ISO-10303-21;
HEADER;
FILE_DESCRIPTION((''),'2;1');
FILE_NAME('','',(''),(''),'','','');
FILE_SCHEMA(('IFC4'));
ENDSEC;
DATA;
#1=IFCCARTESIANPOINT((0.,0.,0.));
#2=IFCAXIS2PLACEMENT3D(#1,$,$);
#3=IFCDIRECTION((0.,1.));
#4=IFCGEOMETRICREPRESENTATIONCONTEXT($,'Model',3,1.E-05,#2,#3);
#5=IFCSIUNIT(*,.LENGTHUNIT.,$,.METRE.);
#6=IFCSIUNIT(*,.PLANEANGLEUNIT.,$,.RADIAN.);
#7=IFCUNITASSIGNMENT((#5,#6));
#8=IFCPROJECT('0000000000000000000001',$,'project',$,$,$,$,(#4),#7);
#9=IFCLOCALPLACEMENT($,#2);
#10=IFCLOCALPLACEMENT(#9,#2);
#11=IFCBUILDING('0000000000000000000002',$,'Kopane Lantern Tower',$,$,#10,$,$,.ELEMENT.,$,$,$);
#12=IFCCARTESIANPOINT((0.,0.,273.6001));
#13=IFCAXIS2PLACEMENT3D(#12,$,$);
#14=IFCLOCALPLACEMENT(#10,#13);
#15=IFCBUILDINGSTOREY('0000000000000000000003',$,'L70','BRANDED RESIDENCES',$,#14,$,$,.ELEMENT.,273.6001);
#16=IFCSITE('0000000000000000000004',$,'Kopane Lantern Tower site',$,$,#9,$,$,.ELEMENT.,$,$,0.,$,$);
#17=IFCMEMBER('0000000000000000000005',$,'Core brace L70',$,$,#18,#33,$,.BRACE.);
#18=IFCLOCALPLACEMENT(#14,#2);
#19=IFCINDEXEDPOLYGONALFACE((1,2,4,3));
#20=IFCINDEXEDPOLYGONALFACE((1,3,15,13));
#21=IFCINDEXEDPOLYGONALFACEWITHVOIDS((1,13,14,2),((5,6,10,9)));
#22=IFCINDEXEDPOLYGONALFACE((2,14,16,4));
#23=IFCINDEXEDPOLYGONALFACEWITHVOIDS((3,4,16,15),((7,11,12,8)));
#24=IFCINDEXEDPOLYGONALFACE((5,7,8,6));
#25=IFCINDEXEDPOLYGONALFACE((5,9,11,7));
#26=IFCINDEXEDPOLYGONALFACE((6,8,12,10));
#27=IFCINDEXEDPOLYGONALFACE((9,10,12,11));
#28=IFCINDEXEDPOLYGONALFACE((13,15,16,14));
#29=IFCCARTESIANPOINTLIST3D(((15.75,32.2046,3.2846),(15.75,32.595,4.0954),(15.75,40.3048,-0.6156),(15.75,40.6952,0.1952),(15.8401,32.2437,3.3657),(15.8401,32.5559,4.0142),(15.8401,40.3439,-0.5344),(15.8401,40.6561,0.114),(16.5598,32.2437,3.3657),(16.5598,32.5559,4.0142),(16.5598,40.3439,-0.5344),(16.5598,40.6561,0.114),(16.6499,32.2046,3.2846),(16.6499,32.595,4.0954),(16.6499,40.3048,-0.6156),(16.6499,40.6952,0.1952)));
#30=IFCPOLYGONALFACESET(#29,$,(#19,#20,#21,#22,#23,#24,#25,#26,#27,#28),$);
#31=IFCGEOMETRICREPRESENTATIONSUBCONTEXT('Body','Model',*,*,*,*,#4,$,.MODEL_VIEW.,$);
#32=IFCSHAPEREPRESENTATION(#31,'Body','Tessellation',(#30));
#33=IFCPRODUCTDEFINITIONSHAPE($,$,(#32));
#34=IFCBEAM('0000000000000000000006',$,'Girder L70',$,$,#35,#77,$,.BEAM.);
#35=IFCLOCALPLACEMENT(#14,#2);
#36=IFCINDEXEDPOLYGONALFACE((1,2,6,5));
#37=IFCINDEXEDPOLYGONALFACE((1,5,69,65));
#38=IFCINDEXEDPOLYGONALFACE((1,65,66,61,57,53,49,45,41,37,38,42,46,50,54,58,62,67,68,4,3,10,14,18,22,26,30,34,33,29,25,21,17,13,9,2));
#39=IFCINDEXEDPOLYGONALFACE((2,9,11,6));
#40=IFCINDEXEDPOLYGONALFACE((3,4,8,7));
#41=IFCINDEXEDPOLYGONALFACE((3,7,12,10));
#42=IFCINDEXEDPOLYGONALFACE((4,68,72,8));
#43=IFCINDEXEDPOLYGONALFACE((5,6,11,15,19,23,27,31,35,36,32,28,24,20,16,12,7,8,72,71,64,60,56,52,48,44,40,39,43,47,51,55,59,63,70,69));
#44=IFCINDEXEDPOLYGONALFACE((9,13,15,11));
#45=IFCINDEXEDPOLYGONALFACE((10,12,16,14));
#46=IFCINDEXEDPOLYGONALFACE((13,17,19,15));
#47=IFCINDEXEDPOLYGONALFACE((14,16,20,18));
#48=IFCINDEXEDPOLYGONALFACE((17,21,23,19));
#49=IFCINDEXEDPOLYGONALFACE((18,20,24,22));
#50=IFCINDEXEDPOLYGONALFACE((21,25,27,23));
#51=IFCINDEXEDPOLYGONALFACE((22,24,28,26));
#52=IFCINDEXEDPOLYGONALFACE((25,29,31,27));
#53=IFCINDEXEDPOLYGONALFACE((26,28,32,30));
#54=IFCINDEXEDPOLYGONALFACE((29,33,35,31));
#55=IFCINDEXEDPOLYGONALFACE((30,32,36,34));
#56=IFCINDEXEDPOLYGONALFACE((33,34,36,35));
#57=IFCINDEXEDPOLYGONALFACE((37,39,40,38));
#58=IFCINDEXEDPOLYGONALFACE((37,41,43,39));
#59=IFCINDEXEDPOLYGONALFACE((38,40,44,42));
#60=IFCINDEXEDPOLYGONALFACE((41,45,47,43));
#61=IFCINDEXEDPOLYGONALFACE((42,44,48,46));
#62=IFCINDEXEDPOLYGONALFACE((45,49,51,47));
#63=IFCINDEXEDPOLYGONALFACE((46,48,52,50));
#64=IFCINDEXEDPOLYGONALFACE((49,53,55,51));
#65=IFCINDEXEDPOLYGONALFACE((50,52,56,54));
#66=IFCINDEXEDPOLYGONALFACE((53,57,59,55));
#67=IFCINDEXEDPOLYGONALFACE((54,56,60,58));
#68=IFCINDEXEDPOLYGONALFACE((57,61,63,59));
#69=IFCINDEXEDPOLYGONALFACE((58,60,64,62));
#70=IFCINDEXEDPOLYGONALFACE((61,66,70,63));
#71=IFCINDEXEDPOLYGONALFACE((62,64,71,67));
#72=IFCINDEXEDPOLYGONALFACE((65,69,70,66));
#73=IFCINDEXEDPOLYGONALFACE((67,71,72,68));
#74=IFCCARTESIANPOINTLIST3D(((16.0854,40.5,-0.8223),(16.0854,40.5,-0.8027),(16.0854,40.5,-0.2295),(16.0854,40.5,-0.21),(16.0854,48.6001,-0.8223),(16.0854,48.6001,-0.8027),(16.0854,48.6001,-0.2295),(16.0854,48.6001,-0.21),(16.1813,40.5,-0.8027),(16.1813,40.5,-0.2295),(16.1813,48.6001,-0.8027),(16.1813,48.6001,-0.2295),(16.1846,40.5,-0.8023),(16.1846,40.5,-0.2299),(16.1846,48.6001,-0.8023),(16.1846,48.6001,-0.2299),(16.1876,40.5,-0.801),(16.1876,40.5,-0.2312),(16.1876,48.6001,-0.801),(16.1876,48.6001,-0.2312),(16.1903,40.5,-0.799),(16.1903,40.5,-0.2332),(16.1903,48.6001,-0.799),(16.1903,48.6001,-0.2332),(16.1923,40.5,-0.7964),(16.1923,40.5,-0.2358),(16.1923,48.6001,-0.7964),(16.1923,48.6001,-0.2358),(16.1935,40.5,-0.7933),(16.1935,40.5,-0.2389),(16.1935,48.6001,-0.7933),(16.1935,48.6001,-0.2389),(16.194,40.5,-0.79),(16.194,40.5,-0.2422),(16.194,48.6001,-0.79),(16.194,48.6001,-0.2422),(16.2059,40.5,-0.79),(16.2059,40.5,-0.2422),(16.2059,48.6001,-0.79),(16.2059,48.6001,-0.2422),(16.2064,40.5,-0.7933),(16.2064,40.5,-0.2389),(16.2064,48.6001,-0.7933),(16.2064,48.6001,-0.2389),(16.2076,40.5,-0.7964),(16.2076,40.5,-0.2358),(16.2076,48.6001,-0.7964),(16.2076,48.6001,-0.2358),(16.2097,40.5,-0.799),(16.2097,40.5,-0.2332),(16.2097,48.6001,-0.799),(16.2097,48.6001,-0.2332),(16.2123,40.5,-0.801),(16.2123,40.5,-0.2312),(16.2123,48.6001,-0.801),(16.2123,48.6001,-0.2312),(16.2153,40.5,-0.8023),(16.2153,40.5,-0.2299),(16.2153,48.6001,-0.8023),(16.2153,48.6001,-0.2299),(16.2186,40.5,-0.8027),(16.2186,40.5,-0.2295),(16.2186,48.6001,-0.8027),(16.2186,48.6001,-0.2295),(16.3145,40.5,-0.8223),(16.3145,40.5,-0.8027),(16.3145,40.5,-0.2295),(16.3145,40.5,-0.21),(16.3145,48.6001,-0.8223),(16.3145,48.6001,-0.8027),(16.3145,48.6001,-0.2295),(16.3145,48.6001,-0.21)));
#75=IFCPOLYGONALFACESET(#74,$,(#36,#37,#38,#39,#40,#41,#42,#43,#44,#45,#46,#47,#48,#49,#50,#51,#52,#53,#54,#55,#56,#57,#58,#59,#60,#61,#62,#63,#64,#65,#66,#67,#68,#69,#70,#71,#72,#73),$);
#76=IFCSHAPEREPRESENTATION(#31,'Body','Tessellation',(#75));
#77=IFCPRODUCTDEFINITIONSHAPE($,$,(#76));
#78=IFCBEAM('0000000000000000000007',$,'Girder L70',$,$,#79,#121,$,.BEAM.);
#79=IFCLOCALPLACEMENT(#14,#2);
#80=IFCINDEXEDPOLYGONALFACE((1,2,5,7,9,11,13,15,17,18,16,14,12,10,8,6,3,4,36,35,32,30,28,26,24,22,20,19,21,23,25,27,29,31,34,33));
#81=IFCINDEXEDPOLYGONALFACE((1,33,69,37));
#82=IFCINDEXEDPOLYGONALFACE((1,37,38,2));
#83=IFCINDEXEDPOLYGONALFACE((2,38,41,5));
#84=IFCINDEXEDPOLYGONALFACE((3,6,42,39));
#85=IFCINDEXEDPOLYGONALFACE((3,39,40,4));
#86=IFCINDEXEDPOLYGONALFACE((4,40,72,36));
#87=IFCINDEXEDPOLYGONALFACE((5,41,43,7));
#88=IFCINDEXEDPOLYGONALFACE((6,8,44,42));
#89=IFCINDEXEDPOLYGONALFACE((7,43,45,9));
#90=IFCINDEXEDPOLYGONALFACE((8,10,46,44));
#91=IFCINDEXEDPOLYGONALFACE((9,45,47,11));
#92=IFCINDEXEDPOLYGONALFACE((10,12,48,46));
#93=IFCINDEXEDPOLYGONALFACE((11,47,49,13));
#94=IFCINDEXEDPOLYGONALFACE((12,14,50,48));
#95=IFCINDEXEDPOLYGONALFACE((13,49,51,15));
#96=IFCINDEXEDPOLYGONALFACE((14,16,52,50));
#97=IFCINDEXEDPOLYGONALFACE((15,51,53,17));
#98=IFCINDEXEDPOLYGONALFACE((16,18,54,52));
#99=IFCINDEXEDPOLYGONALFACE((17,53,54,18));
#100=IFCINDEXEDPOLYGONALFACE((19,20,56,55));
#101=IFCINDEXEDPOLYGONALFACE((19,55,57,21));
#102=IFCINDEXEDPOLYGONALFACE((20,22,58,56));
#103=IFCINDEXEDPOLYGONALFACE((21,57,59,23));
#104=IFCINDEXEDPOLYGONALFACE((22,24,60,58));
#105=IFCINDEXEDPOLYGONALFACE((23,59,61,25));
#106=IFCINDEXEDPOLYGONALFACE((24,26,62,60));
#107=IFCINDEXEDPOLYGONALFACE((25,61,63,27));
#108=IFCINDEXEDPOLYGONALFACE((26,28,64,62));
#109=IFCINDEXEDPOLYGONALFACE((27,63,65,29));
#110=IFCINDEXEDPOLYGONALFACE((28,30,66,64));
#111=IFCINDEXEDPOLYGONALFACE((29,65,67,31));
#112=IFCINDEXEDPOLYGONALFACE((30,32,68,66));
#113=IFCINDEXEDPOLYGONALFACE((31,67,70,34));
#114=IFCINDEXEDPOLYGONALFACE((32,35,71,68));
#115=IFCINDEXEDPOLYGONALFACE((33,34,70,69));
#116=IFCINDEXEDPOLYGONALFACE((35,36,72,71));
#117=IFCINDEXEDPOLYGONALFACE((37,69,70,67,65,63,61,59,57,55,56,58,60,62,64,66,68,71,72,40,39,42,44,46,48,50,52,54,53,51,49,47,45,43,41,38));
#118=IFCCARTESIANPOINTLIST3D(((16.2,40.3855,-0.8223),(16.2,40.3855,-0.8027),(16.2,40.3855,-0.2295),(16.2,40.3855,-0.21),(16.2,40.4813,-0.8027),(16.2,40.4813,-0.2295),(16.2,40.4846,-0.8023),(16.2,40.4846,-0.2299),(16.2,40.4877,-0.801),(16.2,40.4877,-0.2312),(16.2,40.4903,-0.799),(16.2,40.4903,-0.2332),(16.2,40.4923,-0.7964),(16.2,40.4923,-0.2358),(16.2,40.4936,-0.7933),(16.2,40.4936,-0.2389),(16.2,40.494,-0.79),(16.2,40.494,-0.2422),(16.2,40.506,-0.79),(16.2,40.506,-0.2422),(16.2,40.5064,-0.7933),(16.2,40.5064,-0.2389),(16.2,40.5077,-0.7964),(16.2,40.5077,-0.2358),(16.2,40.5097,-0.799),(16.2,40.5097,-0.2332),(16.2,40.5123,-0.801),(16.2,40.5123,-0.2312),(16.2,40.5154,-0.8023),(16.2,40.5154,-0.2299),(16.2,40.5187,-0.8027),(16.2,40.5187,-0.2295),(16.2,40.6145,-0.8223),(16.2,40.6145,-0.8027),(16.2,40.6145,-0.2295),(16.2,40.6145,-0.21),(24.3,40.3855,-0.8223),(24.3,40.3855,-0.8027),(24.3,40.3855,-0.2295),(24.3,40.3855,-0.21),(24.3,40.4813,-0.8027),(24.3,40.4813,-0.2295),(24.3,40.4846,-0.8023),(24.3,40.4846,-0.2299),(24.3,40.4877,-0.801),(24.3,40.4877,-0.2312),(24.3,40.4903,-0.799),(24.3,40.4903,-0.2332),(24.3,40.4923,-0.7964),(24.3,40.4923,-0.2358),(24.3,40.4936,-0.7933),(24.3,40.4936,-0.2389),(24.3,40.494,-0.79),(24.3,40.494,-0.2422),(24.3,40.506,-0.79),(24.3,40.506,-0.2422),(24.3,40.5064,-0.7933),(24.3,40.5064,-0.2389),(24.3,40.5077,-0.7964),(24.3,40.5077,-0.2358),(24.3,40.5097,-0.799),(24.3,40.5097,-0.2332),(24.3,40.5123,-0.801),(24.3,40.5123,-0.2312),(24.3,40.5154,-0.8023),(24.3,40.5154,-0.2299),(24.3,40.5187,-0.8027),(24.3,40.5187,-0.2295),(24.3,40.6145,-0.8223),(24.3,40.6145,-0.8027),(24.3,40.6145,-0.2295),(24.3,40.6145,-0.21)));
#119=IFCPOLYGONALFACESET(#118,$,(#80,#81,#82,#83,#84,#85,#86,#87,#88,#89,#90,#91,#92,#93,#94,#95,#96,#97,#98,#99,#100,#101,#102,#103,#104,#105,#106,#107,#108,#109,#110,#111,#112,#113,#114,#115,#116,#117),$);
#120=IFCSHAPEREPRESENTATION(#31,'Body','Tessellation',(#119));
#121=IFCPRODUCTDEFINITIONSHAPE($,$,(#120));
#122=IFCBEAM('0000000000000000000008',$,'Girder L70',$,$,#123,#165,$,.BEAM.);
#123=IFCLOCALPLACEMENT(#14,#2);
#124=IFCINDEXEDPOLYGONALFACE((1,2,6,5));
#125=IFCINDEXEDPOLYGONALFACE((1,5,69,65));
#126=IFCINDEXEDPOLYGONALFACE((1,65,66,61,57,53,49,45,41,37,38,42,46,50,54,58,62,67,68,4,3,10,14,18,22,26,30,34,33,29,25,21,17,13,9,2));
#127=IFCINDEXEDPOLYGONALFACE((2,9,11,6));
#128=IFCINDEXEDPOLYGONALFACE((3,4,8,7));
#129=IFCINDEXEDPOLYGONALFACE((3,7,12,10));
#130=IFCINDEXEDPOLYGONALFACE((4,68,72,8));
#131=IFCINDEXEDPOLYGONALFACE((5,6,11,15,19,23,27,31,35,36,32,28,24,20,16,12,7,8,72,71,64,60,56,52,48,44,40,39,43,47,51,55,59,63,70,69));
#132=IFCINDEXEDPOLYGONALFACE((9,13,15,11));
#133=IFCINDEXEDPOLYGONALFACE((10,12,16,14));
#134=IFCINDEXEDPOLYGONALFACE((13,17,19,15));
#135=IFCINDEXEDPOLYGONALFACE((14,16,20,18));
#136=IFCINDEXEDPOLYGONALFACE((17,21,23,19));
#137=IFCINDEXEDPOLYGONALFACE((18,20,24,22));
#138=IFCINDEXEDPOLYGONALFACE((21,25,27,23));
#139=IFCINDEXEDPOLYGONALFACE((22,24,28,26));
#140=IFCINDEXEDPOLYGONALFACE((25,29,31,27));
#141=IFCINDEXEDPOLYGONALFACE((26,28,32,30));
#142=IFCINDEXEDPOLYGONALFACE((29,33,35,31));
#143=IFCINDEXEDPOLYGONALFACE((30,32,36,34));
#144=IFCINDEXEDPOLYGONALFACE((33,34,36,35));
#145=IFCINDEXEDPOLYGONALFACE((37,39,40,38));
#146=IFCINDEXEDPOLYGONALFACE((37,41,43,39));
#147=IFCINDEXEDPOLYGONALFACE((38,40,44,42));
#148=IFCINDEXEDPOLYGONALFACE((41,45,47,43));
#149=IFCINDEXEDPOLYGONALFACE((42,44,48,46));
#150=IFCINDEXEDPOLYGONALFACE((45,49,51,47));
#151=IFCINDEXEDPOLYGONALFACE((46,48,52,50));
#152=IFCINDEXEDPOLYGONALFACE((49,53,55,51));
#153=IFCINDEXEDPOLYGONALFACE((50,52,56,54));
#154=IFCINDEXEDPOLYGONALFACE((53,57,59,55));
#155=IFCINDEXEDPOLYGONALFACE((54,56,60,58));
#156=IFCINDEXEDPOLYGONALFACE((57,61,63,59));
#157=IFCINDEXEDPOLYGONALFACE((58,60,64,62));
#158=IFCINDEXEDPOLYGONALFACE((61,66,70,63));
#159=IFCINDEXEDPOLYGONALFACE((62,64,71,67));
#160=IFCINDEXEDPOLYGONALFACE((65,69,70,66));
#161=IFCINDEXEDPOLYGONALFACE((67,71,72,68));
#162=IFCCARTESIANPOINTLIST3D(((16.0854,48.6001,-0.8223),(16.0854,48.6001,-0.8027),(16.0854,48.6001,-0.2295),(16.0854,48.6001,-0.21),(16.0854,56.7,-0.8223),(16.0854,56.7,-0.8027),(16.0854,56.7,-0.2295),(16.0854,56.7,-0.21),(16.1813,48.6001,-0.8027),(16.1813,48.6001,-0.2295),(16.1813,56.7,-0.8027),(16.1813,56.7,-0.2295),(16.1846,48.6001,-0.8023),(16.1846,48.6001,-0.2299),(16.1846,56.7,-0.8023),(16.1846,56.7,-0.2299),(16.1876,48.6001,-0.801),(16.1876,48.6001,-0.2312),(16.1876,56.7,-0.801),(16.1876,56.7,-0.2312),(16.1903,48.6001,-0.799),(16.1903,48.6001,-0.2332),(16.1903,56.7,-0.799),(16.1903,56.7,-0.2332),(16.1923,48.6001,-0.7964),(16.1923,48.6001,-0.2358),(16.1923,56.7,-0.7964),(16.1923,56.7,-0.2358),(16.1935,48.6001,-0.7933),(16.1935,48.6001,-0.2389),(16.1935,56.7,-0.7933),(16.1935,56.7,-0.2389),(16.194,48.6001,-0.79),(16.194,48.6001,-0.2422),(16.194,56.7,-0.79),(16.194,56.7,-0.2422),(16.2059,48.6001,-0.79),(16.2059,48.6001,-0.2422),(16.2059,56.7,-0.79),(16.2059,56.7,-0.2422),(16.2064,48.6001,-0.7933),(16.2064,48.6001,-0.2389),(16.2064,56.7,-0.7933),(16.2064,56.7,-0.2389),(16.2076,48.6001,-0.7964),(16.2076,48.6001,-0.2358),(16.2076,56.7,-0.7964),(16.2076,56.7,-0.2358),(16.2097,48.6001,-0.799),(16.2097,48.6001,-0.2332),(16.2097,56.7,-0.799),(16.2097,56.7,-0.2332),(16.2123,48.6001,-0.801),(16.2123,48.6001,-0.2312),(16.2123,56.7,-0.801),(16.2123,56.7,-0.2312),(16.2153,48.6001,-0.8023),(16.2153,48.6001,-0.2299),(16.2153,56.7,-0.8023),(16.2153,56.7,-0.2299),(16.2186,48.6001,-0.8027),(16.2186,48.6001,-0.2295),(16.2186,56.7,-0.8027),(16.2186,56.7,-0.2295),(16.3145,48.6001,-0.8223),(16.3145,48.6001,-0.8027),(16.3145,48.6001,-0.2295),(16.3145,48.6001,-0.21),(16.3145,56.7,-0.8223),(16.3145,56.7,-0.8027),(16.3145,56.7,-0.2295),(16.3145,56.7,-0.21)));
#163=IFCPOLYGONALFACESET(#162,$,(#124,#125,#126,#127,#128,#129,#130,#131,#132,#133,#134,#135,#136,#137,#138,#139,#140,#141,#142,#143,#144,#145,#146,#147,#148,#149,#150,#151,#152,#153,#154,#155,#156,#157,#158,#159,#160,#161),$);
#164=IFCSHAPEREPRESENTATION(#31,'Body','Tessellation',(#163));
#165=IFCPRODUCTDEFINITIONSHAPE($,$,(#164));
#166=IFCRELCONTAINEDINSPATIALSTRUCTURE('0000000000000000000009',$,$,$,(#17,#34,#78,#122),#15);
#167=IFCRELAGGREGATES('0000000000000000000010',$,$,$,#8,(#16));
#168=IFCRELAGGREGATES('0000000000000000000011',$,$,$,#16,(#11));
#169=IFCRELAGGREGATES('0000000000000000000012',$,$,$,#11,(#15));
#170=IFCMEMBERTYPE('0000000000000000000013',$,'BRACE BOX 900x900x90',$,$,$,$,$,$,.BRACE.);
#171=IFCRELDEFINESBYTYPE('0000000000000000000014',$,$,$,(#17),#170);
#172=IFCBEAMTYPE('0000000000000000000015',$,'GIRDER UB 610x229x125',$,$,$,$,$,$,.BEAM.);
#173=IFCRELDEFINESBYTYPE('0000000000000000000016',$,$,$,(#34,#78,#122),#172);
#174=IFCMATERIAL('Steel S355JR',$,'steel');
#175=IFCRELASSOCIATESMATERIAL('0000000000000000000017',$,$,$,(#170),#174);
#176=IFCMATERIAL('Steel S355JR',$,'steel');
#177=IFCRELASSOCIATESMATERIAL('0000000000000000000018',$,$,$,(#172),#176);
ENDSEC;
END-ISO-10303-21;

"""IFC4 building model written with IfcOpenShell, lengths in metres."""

from ifc_helpers import new_model, si_unit, direction, frame, origin, origin_2d, place, context, subcontext, project, spatial, hollow_rectangle, i_section, extrude, material, material_profile, profile_set, type_object, element, save


model = new_model("IFC4")

# Units and contexts
model_context = context("Model", 3, precision=1e-05, world=origin(), true_north=direction((0.0, 1.0)))
body_context = subcontext(model_context, "Body", "Model", "MODEL_VIEW")
ifc_project = project(units=[si_unit("LENGTHUNIT", "METRE"), si_unit("PLANEANGLEUNIT", "RADIAN")], contexts=[model_context])

# Site, building, storey
site_placement = place(None, origin())
site = spatial("IfcSite", under=ifc_project, at=site_placement, Name="Kopane Lantern Tower site", CompositionType="ELEMENT", RefElevation=0.0)
building_placement = place(site_placement, origin())
building = spatial("IfcBuilding", under=site, at=building_placement, Name="Kopane Lantern Tower", CompositionType="ELEMENT")
storey_placement = place(building_placement, frame((0.0, 0.0, 273.6001)))
storey = spatial("IfcBuildingStorey", under=building, at=storey_placement, Name="L70", Description="BRANDED RESIDENCES", CompositionType="ELEMENT", Elevation=273.6001)

# Member
ifc_material_1 = material(Name="Steel S355JR", Category="steel")
ifc_material_profile_1 = material_profile(ifc_material_1, hollow_rectangle(XDim=0.8999, YDim=0.8999, WallThickness=0.0901, at=origin_2d()), Name="BOX 900x900x90")
ifc_profile_set_1 = profile_set([ifc_material_profile_1], Name="Steel S355JR")
member_type_1 = type_object("IfcMemberType", Name="BRACE BOX 900x900x90", PredefinedType="BRACE", material=ifc_profile_set_1)
member_1_placement = place(storey_placement, frame((16.2, 40.5, -0.2102), z_axis=(0.0, -0.900997, 0.433825), x_axis=(1.0, 0.0, 0.0)))
element("IfcMember", 1, at=member_1_placement, inside=storey, type_object=member_type_1, Name="Core brace L70", PredefinedType="BRACE", context=body_context, shape_type="SweptSolid", body=[
    extrude(hollow_rectangle(XDim=0.8999, YDim=0.8999, WallThickness=0.0901, at=origin_2d()), origin(), (0.0, 0.0, 1.0), 8.9902),
])

# Beams
ifc_material_2 = material(Name="Steel S355JR", Category="steel")
ifc_material_profile_2 = material_profile(ifc_material_2, i_section(OverallWidth=0.229, OverallDepth=0.6123, WebThickness=0.012, FlangeThickness=0.0195, FilletRadius=0.0127, at=origin_2d()), Name="UB 610x229x125")
ifc_profile_set_2 = profile_set([ifc_material_profile_2], Name="Steel S355JR")
beam_type_1 = type_object("IfcBeamType", Name="GIRDER UB 610x229x125", PredefinedType="BEAM", material=ifc_profile_set_2)
for number, where, z_axis, x_axis, name in (
    (2, (16.2, 40.5, -0.5161), (0.0, 1.0, 0.0), (-1.0, 0.0, 0.0), "Girder L70"),
    (3, (16.2, 40.5, -0.5161), (1.0, 0.0, 0.0), (0.0, 1.0, 0.0), "Girder L70"),
):
    element("IfcBeam", number, at=place(storey_placement, frame(where, z_axis=z_axis, x_axis=x_axis)), inside=storey, type_object=beam_type_1, Name=name, PredefinedType="BEAM", context=body_context, shape_type="SweptSolid", body=[
        extrude(i_section(OverallWidth=0.229, OverallDepth=0.6123, WebThickness=0.012, FlangeThickness=0.0195, FilletRadius=0.0127, at=origin_2d()), origin(), (0.0, 0.0, 1.0), 8.1001),
    ])
beam_1_placement = place(storey_placement, frame((16.2, 48.6001, -0.5161), z_axis=(0.0, 1.0, 0.0), x_axis=(-1.0, 0.0, 0.0)))
element("IfcBeam", 4, at=beam_1_placement, inside=storey, type_object=beam_type_1, Name="Girder L70", PredefinedType="BEAM", context=body_context, shape_type="SweptSolid", body=[
    extrude(i_section(OverallWidth=0.229, OverallDepth=0.6123, WebThickness=0.012, FlangeThickness=0.0195, FilletRadius=0.0127, at=origin_2d()), origin(), (0.0, 0.0, 1.0), 8.0999),
])

save(model, "model.ifc")
